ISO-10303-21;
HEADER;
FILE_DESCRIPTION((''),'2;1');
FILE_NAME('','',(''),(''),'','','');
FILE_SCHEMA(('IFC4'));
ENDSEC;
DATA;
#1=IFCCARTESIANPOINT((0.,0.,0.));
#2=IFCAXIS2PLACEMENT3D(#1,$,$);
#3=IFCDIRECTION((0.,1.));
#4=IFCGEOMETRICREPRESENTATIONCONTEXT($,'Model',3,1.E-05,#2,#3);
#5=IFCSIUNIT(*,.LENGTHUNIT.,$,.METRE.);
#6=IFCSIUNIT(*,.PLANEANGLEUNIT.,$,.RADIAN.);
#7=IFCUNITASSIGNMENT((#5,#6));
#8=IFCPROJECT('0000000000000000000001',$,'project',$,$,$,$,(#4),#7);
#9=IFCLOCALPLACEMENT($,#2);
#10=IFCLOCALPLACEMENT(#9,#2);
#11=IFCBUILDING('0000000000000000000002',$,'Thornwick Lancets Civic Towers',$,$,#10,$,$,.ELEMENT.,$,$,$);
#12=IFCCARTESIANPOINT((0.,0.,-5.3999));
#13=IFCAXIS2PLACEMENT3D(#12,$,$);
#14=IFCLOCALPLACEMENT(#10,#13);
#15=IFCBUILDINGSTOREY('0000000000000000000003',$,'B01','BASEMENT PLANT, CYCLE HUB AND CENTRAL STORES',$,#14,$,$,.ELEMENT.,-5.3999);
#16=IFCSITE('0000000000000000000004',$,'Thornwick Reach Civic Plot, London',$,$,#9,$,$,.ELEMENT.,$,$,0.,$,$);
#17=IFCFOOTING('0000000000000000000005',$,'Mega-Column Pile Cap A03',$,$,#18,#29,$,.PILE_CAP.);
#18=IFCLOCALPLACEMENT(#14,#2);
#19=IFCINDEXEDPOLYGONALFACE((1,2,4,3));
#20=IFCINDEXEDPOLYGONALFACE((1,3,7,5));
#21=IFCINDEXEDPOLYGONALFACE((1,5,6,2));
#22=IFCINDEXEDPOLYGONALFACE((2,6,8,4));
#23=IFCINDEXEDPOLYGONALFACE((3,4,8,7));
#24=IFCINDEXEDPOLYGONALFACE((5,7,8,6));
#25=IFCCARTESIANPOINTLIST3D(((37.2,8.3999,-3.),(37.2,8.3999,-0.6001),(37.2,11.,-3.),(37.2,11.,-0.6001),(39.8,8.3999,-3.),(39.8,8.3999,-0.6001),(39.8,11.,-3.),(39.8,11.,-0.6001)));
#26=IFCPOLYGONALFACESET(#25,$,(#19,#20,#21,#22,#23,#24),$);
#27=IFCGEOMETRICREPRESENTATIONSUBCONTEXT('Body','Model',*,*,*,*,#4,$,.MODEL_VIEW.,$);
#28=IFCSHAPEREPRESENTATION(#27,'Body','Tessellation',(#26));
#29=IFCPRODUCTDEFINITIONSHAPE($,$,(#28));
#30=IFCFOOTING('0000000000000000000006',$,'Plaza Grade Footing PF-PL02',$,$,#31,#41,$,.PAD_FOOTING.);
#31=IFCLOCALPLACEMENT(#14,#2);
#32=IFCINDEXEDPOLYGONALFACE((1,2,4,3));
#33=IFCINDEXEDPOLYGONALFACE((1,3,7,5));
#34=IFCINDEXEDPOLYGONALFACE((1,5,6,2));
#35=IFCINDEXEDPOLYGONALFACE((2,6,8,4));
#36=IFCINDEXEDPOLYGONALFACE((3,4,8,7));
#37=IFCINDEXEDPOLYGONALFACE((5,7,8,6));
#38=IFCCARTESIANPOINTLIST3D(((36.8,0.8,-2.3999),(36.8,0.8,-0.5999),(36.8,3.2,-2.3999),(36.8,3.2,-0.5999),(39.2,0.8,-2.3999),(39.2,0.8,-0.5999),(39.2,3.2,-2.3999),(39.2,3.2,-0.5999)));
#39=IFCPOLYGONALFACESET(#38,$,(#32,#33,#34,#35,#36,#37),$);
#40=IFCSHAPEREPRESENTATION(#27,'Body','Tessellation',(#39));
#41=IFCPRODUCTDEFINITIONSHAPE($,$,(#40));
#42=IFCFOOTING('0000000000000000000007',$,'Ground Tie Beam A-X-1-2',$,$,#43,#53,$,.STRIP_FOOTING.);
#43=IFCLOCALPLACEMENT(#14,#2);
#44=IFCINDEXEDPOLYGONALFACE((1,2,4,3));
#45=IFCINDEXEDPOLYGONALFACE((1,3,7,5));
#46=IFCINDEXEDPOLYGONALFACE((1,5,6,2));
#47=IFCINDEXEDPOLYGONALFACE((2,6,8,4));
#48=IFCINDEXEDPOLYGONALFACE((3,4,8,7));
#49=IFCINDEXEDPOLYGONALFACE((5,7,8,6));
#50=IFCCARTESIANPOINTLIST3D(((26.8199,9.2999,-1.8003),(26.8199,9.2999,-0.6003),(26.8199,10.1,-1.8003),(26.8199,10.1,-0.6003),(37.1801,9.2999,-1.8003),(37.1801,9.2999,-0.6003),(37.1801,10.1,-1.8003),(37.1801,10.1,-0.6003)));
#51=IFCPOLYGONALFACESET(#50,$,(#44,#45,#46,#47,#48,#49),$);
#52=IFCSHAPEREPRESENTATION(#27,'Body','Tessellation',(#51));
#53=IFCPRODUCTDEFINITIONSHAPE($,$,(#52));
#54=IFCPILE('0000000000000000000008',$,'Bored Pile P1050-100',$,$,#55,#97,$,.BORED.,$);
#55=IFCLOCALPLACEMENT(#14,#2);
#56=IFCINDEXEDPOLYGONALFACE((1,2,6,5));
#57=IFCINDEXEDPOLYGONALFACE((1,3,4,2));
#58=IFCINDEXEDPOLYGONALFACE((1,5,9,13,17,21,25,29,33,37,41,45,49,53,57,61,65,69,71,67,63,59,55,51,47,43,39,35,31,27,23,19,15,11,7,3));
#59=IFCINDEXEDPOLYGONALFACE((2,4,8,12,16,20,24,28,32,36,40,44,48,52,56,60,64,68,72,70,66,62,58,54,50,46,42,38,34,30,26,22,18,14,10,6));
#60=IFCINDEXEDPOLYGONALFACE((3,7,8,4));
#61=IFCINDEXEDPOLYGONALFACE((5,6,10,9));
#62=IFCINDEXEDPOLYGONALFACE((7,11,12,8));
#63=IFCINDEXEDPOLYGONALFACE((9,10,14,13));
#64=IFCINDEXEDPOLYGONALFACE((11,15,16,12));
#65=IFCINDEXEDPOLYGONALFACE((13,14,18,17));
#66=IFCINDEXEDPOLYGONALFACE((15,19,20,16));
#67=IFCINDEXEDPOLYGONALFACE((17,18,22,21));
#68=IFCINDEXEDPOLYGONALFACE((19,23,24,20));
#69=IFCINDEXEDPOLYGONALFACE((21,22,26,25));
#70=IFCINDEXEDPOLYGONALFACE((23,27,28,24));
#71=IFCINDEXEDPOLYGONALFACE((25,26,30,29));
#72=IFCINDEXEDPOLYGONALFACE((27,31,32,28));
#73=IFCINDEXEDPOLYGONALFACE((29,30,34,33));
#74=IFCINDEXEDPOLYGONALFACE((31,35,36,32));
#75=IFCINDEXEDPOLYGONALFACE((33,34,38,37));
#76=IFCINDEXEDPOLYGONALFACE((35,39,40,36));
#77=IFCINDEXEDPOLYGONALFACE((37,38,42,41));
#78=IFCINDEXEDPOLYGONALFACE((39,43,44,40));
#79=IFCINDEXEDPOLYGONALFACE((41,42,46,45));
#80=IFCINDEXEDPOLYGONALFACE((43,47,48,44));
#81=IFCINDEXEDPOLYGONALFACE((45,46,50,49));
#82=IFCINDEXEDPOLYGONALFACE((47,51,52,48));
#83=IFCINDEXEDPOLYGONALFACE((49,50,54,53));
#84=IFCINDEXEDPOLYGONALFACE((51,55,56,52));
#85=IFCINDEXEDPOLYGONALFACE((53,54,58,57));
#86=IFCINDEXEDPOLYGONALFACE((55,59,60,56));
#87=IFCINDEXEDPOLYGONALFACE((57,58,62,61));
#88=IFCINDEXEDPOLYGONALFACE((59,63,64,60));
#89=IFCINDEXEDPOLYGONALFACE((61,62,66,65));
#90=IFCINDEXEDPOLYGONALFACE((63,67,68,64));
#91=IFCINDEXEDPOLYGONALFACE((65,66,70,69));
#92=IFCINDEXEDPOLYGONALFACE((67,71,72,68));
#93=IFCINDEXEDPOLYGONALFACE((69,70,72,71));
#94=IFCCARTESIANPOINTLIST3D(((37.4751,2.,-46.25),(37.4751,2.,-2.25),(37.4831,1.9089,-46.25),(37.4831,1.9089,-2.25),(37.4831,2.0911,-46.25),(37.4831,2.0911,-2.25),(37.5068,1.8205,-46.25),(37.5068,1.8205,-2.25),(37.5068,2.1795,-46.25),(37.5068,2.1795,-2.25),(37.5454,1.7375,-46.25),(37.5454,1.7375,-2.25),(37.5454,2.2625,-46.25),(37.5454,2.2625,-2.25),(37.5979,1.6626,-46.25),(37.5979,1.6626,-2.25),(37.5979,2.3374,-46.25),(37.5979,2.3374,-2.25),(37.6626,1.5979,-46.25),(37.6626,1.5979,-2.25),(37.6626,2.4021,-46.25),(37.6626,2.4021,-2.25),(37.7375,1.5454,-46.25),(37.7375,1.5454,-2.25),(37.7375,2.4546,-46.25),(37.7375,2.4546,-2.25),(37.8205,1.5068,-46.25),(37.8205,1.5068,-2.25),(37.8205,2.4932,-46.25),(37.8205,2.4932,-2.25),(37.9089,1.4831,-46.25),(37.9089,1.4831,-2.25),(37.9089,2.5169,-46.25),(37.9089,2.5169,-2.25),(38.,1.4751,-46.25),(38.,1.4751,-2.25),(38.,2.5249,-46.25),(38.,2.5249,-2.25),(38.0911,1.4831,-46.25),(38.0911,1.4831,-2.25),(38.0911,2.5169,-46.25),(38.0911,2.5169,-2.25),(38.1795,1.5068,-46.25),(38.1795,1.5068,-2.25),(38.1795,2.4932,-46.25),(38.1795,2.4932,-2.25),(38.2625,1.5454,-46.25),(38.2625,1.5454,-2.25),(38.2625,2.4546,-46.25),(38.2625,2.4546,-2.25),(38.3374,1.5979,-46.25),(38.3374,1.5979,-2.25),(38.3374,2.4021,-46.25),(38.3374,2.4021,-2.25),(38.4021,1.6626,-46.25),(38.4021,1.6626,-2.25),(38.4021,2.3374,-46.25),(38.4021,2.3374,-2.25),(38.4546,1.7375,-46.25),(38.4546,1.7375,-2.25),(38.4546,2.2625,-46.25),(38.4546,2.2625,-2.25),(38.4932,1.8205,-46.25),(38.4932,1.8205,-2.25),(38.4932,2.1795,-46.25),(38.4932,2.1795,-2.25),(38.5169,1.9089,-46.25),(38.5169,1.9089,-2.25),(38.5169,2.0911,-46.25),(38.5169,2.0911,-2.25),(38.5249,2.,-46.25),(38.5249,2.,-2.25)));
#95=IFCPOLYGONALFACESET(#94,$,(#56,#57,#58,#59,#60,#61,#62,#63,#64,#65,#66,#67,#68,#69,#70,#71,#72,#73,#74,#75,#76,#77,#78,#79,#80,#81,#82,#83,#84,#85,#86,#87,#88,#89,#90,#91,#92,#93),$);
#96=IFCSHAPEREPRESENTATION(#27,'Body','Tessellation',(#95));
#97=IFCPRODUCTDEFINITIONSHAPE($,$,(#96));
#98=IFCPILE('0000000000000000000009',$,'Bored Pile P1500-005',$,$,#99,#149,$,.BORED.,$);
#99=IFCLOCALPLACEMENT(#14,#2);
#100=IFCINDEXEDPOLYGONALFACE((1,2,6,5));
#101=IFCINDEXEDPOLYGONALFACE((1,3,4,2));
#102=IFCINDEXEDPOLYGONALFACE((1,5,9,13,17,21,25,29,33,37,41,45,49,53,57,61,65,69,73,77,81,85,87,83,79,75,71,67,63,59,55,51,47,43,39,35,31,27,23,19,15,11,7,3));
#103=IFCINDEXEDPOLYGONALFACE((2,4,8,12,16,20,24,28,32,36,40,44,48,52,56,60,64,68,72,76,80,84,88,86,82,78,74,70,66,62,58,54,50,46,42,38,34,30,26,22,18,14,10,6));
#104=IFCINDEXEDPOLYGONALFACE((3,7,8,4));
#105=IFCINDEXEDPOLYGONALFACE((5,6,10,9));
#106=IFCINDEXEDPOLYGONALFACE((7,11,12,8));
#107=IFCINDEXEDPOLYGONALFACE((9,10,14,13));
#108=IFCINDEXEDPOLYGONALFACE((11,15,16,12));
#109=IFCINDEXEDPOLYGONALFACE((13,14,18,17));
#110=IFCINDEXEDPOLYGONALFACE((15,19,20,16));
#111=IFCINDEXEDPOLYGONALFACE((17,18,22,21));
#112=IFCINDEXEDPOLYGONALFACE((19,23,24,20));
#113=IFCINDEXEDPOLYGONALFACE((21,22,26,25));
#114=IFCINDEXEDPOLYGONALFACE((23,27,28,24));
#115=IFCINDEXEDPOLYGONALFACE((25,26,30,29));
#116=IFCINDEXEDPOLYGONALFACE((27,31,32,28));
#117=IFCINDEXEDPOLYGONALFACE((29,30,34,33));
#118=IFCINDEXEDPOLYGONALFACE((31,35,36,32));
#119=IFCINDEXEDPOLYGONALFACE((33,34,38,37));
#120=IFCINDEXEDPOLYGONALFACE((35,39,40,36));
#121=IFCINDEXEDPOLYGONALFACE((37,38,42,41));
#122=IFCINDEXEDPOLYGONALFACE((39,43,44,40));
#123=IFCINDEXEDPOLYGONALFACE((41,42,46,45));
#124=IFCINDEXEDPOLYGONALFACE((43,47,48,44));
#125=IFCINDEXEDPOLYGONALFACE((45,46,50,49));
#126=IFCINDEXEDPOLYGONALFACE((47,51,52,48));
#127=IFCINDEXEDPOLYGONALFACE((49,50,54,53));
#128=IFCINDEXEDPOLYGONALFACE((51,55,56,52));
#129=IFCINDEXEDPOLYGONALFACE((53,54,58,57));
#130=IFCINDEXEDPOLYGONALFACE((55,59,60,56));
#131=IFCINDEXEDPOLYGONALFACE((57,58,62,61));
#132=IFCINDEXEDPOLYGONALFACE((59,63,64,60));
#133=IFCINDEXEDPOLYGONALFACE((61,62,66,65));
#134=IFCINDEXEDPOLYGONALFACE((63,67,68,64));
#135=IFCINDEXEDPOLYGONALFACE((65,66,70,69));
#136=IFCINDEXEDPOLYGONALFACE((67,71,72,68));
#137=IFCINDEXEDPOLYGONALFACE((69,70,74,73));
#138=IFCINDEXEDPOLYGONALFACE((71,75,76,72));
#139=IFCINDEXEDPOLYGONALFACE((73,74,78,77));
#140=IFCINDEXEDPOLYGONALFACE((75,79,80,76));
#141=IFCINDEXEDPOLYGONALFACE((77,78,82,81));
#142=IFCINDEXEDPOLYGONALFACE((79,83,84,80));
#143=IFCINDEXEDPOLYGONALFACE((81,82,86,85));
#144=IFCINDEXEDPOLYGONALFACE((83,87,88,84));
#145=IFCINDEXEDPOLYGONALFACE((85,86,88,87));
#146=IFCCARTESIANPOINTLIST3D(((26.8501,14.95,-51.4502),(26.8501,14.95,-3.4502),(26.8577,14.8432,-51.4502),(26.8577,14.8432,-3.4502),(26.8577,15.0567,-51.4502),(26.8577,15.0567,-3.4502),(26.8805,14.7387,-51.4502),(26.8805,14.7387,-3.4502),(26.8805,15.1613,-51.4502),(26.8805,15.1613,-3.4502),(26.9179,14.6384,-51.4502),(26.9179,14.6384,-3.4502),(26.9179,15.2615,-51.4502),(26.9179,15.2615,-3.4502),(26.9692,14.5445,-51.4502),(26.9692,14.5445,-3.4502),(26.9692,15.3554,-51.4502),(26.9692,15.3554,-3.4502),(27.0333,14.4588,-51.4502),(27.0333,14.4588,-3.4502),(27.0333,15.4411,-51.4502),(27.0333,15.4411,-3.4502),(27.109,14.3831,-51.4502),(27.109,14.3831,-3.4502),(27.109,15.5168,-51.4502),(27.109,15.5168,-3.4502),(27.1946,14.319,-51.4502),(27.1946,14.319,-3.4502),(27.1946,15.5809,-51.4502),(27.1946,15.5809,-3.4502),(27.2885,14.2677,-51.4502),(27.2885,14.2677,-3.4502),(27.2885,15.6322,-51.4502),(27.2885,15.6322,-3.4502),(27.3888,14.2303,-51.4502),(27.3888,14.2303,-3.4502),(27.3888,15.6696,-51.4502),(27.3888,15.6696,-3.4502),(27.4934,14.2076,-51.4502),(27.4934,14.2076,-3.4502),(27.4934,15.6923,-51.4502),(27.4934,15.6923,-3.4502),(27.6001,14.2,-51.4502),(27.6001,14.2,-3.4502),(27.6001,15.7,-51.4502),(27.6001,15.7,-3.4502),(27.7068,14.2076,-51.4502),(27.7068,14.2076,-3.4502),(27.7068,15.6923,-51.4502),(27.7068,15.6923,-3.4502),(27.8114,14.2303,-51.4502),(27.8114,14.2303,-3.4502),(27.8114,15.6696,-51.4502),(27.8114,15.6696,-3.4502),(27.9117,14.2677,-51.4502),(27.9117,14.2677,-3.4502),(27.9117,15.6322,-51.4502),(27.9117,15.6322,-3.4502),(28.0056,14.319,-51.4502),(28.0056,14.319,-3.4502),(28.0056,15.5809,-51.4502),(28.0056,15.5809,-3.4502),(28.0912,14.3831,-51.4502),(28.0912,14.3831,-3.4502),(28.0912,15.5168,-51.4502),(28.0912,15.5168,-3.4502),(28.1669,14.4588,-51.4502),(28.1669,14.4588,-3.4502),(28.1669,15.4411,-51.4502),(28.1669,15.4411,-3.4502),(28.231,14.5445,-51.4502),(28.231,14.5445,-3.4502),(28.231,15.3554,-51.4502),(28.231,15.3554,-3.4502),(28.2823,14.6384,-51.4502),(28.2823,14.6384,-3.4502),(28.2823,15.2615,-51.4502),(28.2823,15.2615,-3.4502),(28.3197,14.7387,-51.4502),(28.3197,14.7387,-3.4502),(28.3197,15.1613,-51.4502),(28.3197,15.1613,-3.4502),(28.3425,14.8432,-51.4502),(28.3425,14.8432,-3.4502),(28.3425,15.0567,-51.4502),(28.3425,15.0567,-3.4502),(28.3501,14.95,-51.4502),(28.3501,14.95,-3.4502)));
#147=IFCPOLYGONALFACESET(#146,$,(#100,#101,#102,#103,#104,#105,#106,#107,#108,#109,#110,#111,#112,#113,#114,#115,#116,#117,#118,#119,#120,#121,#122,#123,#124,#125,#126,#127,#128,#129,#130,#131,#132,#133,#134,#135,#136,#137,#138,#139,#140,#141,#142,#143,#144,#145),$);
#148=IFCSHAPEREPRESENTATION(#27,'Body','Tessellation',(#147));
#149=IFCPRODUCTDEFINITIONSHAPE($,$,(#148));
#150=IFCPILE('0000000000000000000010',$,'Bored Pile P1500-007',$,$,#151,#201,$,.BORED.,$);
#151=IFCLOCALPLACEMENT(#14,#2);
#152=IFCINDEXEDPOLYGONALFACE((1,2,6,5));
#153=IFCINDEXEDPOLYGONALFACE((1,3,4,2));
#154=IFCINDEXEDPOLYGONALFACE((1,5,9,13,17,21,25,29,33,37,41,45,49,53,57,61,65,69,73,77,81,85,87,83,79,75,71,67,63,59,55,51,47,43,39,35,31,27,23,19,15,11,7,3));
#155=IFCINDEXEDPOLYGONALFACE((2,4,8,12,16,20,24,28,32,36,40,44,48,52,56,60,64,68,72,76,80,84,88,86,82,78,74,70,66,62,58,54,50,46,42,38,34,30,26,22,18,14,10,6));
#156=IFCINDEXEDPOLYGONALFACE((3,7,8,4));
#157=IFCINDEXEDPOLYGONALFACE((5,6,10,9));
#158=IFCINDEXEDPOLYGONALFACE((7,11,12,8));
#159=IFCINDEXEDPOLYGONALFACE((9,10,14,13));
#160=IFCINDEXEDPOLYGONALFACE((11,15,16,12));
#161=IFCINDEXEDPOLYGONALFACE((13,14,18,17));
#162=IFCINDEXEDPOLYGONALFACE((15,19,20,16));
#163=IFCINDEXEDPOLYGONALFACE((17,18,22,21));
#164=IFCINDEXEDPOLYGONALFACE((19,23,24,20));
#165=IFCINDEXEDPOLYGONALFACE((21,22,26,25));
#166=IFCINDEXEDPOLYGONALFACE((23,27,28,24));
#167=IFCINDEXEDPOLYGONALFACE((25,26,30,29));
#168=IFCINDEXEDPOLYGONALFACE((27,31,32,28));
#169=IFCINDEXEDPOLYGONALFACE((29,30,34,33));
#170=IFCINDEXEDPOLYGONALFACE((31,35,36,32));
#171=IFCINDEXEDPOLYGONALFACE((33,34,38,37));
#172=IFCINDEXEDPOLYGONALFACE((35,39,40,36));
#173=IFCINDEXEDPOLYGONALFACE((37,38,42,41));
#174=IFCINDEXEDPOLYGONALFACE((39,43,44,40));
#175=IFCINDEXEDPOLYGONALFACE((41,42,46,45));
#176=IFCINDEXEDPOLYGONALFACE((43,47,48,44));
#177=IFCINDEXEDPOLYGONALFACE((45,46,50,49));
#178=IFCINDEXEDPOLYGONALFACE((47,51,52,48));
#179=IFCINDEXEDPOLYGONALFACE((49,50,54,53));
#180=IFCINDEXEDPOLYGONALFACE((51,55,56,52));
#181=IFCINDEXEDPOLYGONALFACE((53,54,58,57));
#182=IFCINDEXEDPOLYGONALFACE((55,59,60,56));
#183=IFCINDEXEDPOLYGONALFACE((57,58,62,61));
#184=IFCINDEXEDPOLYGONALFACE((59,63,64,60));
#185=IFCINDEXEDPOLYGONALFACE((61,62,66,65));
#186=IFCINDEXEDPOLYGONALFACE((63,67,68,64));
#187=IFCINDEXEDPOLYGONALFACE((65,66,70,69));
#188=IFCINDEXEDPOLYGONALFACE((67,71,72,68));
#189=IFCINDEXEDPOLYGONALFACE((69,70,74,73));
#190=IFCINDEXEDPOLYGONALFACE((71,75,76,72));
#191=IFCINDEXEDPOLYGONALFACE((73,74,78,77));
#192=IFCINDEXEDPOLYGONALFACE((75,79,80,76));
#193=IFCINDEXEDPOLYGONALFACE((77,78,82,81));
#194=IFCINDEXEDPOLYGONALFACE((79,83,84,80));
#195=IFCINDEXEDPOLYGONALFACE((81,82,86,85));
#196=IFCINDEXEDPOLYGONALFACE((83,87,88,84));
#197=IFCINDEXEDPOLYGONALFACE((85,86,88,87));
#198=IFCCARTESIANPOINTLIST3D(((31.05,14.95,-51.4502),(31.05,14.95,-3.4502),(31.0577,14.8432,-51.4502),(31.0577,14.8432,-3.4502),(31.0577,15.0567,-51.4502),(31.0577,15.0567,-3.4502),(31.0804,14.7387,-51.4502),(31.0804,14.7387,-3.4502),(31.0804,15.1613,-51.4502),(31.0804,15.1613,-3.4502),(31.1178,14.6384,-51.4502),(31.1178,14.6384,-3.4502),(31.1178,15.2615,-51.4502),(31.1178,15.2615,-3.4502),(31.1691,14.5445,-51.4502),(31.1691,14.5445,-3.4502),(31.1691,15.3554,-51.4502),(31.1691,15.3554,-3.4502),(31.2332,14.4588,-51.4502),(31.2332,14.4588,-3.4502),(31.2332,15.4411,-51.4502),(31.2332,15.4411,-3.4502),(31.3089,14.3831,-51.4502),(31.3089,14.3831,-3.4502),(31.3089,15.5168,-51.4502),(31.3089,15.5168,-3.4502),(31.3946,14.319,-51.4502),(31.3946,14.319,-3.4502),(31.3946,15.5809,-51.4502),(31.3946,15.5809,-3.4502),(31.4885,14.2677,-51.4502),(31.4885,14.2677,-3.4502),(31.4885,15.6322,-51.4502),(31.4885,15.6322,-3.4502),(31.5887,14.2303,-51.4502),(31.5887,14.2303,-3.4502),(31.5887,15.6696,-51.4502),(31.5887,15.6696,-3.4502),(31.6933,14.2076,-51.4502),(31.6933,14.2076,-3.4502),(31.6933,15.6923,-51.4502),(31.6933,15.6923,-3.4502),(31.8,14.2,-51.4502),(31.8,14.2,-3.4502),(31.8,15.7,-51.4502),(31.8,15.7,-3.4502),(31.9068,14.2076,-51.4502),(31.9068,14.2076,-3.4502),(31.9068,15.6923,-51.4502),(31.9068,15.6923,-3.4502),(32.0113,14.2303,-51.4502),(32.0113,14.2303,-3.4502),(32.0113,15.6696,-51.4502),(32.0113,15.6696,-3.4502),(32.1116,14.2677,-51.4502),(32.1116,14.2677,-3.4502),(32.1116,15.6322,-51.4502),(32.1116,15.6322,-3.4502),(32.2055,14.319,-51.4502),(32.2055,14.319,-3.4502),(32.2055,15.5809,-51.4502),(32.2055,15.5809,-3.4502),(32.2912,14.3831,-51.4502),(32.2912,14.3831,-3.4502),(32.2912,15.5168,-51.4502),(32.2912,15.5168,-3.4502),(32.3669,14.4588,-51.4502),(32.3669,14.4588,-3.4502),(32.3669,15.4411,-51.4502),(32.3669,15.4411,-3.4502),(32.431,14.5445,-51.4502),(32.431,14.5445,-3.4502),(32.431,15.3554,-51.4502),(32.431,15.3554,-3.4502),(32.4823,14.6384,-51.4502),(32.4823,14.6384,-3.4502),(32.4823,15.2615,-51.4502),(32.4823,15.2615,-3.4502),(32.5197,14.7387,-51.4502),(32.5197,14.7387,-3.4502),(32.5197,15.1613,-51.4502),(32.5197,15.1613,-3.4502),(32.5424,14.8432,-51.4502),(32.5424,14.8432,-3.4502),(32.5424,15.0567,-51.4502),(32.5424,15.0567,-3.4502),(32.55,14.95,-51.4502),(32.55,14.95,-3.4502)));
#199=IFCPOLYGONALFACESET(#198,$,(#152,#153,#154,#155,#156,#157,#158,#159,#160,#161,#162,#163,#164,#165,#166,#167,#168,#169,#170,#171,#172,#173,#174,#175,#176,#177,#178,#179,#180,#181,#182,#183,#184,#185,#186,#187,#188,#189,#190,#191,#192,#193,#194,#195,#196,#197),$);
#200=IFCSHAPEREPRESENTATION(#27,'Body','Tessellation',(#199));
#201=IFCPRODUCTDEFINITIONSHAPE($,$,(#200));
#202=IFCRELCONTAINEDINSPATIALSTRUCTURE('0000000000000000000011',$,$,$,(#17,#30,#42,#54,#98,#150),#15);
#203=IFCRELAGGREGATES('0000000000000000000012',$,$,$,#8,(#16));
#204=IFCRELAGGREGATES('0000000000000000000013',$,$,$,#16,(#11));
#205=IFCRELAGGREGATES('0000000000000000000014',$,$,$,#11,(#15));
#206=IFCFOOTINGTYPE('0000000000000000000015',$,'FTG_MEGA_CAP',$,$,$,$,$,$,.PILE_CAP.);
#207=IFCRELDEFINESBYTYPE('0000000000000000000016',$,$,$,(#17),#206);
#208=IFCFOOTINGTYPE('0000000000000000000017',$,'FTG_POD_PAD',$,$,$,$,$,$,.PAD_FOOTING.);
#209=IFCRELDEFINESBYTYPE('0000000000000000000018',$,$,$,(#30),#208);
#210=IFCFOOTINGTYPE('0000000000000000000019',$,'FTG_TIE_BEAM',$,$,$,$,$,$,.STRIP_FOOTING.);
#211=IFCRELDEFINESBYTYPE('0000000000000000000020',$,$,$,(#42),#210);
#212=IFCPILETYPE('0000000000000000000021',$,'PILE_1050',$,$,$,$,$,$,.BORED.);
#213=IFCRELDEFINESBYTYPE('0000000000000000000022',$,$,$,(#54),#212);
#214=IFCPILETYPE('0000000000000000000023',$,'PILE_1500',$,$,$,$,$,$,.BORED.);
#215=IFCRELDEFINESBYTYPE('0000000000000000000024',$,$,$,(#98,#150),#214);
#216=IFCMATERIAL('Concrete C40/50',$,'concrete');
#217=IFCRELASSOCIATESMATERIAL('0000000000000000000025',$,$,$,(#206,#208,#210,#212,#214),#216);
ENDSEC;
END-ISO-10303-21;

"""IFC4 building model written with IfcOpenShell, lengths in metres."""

from ifc_helpers import new_model, si_unit, direction, frame, origin, origin_2d, place, context, subcontext, project, spatial, rectangle, circle, extrude, material, material_profile, profile_set, type_object, element, save


model = new_model("IFC4")

# Units and contexts
model_context = context("Model", 3, precision=1e-05, world=origin(), true_north=direction((0.0, 1.0)))
body_context = subcontext(model_context, "Body", "Model", "MODEL_VIEW")
ifc_project = project(units=[si_unit("LENGTHUNIT", "METRE"), si_unit("PLANEANGLEUNIT", "RADIAN")], contexts=[model_context])

# Site, building, storey
site_placement = place(None, origin())
site = spatial("IfcSite", under=ifc_project, at=site_placement, Name="Thornwick Reach Civic Plot, London", CompositionType="ELEMENT", RefElevation=0.0)
building_placement = place(site_placement, origin())
building = spatial("IfcBuilding", under=site, at=building_placement, Name="Thornwick Lancets Civic Towers", CompositionType="ELEMENT")
storey_placement = place(building_placement, frame((0.0, 0.0, -5.3999)))
storey = spatial("IfcBuildingStorey", under=building, at=storey_placement, Name="B01", Description="BASEMENT PLANT, CYCLE HUB AND CENTRAL STORES", CompositionType="ELEMENT", Elevation=-5.3999)

# Footings
ifc_material_1 = material(Name="Concrete C40/50", Category="concrete")
footing_type_1 = type_object("IfcFootingType", Name="FTG_MEGA_CAP", PredefinedType="PILE_CAP", material=ifc_material_1)
footing_1_placement = place(storey_placement, frame((38.5, 9.7, -3.0), z_axis=(0.0, 0.0, 1.0), x_axis=(1.0, 0.0, 0.0)))
element("IfcFooting", 1, at=footing_1_placement, inside=storey, type_object=footing_type_1, Name="Mega-Column Pile Cap A03", PredefinedType="PILE_CAP", context=body_context, shape_type="SweptSolid", body=[
    extrude(rectangle(XDim=2.6001, YDim=2.6001, at=origin_2d()), origin(), (0.0, 0.0, 1.0), 2.3999),
])
footing_type_2 = type_object("IfcFootingType", Name="FTG_POD_PAD", PredefinedType="PAD_FOOTING", material=ifc_material_1)
footing_2_placement = place(storey_placement, frame((38.0, 2.0, -2.3999), z_axis=(0.0, 0.0, 1.0), x_axis=(1.0, 0.0, 0.0)))
element("IfcFooting", 2, at=footing_2_placement, inside=storey, type_object=footing_type_2, Name="Plaza Grade Footing PF-PL02", PredefinedType="PAD_FOOTING", context=body_context, shape_type="SweptSolid", body=[
    extrude(rectangle(XDim=2.3999, YDim=2.3999, at=origin_2d()), origin(), (0.0, 0.0, 1.0), 1.8),
])
footing_type_3 = type_object("IfcFootingType", Name="FTG_TIE_BEAM", PredefinedType="STRIP_FOOTING", material=ifc_material_1)
footing_3_placement = place(storey_placement, frame((32.0, 9.7, -1.8003), z_axis=(0.0, 0.0, 1.0), x_axis=(1.0, 0.0, 0.0)))
element("IfcFooting", 3, at=footing_3_placement, inside=storey, type_object=footing_type_3, Name="Ground Tie Beam A-X-1-2", PredefinedType="STRIP_FOOTING", context=body_context, shape_type="SweptSolid", body=[
    extrude(rectangle(XDim=10.3601, YDim=0.8, at=origin_2d()), origin(), (0.0, 0.0, 1.0), 1.2),
])

# Piles
ifc_material_profile_1 = material_profile(ifc_material_1, circle(Radius=0.5249, at=origin_2d()), Name="PILE D1050")
ifc_profile_set_1 = profile_set([ifc_material_profile_1], Name="Concrete C40/50")
pile_type_1 = type_object("IfcPileType", Name="PILE_1050", PredefinedType="BORED", material=ifc_profile_set_1)
pile_placement = place(storey_placement, frame((38.0, 2.0, -2.25), z_axis=(0.0, 0.0, -1.0), x_axis=(1.0, 0.0, 0.0)))
element("IfcPile", 4, at=pile_placement, inside=storey, type_object=pile_type_1, Name="Bored Pile P1050-100", PredefinedType="BORED", context=body_context, shape_type="SweptSolid", body=[
    extrude(circle(Radius=0.5249, at=origin_2d()), origin(), (0.0, 0.0, 1.0), 44.0),
])
ifc_material_profile_2 = material_profile(ifc_material_1, circle(Radius=0.75, at=origin_2d()), Name="PILE D1500")
ifc_profile_set_2 = profile_set([ifc_material_profile_2], Name="Concrete C40/50")
pile_type_2 = type_object("IfcPileType", Name="PILE_1500", PredefinedType="BORED", material=ifc_profile_set_2)
for number, where, z_axis, x_axis, name in (
    (5, (27.6001, 14.95, -3.4502), (0.0, 0.0, -1.0), (1.0, 0.0, 0.0), "Bored Pile P1500-005"),
    (6, (31.8, 14.95, -3.4502), (0.0, 0.0, -1.0), (1.0, 0.0, 0.0), "Bored Pile P1500-007"),
):
    element("IfcPile", number, at=place(storey_placement, frame(where, z_axis=z_axis, x_axis=x_axis)), inside=storey, type_object=pile_type_2, Name=name, PredefinedType="BORED", context=body_context, shape_type="SweptSolid", body=[
        extrude(circle(Radius=0.75, at=origin_2d()), origin(), (0.0, 0.0, 1.0), 48.0),
    ])

save(model, "model.ifc")
